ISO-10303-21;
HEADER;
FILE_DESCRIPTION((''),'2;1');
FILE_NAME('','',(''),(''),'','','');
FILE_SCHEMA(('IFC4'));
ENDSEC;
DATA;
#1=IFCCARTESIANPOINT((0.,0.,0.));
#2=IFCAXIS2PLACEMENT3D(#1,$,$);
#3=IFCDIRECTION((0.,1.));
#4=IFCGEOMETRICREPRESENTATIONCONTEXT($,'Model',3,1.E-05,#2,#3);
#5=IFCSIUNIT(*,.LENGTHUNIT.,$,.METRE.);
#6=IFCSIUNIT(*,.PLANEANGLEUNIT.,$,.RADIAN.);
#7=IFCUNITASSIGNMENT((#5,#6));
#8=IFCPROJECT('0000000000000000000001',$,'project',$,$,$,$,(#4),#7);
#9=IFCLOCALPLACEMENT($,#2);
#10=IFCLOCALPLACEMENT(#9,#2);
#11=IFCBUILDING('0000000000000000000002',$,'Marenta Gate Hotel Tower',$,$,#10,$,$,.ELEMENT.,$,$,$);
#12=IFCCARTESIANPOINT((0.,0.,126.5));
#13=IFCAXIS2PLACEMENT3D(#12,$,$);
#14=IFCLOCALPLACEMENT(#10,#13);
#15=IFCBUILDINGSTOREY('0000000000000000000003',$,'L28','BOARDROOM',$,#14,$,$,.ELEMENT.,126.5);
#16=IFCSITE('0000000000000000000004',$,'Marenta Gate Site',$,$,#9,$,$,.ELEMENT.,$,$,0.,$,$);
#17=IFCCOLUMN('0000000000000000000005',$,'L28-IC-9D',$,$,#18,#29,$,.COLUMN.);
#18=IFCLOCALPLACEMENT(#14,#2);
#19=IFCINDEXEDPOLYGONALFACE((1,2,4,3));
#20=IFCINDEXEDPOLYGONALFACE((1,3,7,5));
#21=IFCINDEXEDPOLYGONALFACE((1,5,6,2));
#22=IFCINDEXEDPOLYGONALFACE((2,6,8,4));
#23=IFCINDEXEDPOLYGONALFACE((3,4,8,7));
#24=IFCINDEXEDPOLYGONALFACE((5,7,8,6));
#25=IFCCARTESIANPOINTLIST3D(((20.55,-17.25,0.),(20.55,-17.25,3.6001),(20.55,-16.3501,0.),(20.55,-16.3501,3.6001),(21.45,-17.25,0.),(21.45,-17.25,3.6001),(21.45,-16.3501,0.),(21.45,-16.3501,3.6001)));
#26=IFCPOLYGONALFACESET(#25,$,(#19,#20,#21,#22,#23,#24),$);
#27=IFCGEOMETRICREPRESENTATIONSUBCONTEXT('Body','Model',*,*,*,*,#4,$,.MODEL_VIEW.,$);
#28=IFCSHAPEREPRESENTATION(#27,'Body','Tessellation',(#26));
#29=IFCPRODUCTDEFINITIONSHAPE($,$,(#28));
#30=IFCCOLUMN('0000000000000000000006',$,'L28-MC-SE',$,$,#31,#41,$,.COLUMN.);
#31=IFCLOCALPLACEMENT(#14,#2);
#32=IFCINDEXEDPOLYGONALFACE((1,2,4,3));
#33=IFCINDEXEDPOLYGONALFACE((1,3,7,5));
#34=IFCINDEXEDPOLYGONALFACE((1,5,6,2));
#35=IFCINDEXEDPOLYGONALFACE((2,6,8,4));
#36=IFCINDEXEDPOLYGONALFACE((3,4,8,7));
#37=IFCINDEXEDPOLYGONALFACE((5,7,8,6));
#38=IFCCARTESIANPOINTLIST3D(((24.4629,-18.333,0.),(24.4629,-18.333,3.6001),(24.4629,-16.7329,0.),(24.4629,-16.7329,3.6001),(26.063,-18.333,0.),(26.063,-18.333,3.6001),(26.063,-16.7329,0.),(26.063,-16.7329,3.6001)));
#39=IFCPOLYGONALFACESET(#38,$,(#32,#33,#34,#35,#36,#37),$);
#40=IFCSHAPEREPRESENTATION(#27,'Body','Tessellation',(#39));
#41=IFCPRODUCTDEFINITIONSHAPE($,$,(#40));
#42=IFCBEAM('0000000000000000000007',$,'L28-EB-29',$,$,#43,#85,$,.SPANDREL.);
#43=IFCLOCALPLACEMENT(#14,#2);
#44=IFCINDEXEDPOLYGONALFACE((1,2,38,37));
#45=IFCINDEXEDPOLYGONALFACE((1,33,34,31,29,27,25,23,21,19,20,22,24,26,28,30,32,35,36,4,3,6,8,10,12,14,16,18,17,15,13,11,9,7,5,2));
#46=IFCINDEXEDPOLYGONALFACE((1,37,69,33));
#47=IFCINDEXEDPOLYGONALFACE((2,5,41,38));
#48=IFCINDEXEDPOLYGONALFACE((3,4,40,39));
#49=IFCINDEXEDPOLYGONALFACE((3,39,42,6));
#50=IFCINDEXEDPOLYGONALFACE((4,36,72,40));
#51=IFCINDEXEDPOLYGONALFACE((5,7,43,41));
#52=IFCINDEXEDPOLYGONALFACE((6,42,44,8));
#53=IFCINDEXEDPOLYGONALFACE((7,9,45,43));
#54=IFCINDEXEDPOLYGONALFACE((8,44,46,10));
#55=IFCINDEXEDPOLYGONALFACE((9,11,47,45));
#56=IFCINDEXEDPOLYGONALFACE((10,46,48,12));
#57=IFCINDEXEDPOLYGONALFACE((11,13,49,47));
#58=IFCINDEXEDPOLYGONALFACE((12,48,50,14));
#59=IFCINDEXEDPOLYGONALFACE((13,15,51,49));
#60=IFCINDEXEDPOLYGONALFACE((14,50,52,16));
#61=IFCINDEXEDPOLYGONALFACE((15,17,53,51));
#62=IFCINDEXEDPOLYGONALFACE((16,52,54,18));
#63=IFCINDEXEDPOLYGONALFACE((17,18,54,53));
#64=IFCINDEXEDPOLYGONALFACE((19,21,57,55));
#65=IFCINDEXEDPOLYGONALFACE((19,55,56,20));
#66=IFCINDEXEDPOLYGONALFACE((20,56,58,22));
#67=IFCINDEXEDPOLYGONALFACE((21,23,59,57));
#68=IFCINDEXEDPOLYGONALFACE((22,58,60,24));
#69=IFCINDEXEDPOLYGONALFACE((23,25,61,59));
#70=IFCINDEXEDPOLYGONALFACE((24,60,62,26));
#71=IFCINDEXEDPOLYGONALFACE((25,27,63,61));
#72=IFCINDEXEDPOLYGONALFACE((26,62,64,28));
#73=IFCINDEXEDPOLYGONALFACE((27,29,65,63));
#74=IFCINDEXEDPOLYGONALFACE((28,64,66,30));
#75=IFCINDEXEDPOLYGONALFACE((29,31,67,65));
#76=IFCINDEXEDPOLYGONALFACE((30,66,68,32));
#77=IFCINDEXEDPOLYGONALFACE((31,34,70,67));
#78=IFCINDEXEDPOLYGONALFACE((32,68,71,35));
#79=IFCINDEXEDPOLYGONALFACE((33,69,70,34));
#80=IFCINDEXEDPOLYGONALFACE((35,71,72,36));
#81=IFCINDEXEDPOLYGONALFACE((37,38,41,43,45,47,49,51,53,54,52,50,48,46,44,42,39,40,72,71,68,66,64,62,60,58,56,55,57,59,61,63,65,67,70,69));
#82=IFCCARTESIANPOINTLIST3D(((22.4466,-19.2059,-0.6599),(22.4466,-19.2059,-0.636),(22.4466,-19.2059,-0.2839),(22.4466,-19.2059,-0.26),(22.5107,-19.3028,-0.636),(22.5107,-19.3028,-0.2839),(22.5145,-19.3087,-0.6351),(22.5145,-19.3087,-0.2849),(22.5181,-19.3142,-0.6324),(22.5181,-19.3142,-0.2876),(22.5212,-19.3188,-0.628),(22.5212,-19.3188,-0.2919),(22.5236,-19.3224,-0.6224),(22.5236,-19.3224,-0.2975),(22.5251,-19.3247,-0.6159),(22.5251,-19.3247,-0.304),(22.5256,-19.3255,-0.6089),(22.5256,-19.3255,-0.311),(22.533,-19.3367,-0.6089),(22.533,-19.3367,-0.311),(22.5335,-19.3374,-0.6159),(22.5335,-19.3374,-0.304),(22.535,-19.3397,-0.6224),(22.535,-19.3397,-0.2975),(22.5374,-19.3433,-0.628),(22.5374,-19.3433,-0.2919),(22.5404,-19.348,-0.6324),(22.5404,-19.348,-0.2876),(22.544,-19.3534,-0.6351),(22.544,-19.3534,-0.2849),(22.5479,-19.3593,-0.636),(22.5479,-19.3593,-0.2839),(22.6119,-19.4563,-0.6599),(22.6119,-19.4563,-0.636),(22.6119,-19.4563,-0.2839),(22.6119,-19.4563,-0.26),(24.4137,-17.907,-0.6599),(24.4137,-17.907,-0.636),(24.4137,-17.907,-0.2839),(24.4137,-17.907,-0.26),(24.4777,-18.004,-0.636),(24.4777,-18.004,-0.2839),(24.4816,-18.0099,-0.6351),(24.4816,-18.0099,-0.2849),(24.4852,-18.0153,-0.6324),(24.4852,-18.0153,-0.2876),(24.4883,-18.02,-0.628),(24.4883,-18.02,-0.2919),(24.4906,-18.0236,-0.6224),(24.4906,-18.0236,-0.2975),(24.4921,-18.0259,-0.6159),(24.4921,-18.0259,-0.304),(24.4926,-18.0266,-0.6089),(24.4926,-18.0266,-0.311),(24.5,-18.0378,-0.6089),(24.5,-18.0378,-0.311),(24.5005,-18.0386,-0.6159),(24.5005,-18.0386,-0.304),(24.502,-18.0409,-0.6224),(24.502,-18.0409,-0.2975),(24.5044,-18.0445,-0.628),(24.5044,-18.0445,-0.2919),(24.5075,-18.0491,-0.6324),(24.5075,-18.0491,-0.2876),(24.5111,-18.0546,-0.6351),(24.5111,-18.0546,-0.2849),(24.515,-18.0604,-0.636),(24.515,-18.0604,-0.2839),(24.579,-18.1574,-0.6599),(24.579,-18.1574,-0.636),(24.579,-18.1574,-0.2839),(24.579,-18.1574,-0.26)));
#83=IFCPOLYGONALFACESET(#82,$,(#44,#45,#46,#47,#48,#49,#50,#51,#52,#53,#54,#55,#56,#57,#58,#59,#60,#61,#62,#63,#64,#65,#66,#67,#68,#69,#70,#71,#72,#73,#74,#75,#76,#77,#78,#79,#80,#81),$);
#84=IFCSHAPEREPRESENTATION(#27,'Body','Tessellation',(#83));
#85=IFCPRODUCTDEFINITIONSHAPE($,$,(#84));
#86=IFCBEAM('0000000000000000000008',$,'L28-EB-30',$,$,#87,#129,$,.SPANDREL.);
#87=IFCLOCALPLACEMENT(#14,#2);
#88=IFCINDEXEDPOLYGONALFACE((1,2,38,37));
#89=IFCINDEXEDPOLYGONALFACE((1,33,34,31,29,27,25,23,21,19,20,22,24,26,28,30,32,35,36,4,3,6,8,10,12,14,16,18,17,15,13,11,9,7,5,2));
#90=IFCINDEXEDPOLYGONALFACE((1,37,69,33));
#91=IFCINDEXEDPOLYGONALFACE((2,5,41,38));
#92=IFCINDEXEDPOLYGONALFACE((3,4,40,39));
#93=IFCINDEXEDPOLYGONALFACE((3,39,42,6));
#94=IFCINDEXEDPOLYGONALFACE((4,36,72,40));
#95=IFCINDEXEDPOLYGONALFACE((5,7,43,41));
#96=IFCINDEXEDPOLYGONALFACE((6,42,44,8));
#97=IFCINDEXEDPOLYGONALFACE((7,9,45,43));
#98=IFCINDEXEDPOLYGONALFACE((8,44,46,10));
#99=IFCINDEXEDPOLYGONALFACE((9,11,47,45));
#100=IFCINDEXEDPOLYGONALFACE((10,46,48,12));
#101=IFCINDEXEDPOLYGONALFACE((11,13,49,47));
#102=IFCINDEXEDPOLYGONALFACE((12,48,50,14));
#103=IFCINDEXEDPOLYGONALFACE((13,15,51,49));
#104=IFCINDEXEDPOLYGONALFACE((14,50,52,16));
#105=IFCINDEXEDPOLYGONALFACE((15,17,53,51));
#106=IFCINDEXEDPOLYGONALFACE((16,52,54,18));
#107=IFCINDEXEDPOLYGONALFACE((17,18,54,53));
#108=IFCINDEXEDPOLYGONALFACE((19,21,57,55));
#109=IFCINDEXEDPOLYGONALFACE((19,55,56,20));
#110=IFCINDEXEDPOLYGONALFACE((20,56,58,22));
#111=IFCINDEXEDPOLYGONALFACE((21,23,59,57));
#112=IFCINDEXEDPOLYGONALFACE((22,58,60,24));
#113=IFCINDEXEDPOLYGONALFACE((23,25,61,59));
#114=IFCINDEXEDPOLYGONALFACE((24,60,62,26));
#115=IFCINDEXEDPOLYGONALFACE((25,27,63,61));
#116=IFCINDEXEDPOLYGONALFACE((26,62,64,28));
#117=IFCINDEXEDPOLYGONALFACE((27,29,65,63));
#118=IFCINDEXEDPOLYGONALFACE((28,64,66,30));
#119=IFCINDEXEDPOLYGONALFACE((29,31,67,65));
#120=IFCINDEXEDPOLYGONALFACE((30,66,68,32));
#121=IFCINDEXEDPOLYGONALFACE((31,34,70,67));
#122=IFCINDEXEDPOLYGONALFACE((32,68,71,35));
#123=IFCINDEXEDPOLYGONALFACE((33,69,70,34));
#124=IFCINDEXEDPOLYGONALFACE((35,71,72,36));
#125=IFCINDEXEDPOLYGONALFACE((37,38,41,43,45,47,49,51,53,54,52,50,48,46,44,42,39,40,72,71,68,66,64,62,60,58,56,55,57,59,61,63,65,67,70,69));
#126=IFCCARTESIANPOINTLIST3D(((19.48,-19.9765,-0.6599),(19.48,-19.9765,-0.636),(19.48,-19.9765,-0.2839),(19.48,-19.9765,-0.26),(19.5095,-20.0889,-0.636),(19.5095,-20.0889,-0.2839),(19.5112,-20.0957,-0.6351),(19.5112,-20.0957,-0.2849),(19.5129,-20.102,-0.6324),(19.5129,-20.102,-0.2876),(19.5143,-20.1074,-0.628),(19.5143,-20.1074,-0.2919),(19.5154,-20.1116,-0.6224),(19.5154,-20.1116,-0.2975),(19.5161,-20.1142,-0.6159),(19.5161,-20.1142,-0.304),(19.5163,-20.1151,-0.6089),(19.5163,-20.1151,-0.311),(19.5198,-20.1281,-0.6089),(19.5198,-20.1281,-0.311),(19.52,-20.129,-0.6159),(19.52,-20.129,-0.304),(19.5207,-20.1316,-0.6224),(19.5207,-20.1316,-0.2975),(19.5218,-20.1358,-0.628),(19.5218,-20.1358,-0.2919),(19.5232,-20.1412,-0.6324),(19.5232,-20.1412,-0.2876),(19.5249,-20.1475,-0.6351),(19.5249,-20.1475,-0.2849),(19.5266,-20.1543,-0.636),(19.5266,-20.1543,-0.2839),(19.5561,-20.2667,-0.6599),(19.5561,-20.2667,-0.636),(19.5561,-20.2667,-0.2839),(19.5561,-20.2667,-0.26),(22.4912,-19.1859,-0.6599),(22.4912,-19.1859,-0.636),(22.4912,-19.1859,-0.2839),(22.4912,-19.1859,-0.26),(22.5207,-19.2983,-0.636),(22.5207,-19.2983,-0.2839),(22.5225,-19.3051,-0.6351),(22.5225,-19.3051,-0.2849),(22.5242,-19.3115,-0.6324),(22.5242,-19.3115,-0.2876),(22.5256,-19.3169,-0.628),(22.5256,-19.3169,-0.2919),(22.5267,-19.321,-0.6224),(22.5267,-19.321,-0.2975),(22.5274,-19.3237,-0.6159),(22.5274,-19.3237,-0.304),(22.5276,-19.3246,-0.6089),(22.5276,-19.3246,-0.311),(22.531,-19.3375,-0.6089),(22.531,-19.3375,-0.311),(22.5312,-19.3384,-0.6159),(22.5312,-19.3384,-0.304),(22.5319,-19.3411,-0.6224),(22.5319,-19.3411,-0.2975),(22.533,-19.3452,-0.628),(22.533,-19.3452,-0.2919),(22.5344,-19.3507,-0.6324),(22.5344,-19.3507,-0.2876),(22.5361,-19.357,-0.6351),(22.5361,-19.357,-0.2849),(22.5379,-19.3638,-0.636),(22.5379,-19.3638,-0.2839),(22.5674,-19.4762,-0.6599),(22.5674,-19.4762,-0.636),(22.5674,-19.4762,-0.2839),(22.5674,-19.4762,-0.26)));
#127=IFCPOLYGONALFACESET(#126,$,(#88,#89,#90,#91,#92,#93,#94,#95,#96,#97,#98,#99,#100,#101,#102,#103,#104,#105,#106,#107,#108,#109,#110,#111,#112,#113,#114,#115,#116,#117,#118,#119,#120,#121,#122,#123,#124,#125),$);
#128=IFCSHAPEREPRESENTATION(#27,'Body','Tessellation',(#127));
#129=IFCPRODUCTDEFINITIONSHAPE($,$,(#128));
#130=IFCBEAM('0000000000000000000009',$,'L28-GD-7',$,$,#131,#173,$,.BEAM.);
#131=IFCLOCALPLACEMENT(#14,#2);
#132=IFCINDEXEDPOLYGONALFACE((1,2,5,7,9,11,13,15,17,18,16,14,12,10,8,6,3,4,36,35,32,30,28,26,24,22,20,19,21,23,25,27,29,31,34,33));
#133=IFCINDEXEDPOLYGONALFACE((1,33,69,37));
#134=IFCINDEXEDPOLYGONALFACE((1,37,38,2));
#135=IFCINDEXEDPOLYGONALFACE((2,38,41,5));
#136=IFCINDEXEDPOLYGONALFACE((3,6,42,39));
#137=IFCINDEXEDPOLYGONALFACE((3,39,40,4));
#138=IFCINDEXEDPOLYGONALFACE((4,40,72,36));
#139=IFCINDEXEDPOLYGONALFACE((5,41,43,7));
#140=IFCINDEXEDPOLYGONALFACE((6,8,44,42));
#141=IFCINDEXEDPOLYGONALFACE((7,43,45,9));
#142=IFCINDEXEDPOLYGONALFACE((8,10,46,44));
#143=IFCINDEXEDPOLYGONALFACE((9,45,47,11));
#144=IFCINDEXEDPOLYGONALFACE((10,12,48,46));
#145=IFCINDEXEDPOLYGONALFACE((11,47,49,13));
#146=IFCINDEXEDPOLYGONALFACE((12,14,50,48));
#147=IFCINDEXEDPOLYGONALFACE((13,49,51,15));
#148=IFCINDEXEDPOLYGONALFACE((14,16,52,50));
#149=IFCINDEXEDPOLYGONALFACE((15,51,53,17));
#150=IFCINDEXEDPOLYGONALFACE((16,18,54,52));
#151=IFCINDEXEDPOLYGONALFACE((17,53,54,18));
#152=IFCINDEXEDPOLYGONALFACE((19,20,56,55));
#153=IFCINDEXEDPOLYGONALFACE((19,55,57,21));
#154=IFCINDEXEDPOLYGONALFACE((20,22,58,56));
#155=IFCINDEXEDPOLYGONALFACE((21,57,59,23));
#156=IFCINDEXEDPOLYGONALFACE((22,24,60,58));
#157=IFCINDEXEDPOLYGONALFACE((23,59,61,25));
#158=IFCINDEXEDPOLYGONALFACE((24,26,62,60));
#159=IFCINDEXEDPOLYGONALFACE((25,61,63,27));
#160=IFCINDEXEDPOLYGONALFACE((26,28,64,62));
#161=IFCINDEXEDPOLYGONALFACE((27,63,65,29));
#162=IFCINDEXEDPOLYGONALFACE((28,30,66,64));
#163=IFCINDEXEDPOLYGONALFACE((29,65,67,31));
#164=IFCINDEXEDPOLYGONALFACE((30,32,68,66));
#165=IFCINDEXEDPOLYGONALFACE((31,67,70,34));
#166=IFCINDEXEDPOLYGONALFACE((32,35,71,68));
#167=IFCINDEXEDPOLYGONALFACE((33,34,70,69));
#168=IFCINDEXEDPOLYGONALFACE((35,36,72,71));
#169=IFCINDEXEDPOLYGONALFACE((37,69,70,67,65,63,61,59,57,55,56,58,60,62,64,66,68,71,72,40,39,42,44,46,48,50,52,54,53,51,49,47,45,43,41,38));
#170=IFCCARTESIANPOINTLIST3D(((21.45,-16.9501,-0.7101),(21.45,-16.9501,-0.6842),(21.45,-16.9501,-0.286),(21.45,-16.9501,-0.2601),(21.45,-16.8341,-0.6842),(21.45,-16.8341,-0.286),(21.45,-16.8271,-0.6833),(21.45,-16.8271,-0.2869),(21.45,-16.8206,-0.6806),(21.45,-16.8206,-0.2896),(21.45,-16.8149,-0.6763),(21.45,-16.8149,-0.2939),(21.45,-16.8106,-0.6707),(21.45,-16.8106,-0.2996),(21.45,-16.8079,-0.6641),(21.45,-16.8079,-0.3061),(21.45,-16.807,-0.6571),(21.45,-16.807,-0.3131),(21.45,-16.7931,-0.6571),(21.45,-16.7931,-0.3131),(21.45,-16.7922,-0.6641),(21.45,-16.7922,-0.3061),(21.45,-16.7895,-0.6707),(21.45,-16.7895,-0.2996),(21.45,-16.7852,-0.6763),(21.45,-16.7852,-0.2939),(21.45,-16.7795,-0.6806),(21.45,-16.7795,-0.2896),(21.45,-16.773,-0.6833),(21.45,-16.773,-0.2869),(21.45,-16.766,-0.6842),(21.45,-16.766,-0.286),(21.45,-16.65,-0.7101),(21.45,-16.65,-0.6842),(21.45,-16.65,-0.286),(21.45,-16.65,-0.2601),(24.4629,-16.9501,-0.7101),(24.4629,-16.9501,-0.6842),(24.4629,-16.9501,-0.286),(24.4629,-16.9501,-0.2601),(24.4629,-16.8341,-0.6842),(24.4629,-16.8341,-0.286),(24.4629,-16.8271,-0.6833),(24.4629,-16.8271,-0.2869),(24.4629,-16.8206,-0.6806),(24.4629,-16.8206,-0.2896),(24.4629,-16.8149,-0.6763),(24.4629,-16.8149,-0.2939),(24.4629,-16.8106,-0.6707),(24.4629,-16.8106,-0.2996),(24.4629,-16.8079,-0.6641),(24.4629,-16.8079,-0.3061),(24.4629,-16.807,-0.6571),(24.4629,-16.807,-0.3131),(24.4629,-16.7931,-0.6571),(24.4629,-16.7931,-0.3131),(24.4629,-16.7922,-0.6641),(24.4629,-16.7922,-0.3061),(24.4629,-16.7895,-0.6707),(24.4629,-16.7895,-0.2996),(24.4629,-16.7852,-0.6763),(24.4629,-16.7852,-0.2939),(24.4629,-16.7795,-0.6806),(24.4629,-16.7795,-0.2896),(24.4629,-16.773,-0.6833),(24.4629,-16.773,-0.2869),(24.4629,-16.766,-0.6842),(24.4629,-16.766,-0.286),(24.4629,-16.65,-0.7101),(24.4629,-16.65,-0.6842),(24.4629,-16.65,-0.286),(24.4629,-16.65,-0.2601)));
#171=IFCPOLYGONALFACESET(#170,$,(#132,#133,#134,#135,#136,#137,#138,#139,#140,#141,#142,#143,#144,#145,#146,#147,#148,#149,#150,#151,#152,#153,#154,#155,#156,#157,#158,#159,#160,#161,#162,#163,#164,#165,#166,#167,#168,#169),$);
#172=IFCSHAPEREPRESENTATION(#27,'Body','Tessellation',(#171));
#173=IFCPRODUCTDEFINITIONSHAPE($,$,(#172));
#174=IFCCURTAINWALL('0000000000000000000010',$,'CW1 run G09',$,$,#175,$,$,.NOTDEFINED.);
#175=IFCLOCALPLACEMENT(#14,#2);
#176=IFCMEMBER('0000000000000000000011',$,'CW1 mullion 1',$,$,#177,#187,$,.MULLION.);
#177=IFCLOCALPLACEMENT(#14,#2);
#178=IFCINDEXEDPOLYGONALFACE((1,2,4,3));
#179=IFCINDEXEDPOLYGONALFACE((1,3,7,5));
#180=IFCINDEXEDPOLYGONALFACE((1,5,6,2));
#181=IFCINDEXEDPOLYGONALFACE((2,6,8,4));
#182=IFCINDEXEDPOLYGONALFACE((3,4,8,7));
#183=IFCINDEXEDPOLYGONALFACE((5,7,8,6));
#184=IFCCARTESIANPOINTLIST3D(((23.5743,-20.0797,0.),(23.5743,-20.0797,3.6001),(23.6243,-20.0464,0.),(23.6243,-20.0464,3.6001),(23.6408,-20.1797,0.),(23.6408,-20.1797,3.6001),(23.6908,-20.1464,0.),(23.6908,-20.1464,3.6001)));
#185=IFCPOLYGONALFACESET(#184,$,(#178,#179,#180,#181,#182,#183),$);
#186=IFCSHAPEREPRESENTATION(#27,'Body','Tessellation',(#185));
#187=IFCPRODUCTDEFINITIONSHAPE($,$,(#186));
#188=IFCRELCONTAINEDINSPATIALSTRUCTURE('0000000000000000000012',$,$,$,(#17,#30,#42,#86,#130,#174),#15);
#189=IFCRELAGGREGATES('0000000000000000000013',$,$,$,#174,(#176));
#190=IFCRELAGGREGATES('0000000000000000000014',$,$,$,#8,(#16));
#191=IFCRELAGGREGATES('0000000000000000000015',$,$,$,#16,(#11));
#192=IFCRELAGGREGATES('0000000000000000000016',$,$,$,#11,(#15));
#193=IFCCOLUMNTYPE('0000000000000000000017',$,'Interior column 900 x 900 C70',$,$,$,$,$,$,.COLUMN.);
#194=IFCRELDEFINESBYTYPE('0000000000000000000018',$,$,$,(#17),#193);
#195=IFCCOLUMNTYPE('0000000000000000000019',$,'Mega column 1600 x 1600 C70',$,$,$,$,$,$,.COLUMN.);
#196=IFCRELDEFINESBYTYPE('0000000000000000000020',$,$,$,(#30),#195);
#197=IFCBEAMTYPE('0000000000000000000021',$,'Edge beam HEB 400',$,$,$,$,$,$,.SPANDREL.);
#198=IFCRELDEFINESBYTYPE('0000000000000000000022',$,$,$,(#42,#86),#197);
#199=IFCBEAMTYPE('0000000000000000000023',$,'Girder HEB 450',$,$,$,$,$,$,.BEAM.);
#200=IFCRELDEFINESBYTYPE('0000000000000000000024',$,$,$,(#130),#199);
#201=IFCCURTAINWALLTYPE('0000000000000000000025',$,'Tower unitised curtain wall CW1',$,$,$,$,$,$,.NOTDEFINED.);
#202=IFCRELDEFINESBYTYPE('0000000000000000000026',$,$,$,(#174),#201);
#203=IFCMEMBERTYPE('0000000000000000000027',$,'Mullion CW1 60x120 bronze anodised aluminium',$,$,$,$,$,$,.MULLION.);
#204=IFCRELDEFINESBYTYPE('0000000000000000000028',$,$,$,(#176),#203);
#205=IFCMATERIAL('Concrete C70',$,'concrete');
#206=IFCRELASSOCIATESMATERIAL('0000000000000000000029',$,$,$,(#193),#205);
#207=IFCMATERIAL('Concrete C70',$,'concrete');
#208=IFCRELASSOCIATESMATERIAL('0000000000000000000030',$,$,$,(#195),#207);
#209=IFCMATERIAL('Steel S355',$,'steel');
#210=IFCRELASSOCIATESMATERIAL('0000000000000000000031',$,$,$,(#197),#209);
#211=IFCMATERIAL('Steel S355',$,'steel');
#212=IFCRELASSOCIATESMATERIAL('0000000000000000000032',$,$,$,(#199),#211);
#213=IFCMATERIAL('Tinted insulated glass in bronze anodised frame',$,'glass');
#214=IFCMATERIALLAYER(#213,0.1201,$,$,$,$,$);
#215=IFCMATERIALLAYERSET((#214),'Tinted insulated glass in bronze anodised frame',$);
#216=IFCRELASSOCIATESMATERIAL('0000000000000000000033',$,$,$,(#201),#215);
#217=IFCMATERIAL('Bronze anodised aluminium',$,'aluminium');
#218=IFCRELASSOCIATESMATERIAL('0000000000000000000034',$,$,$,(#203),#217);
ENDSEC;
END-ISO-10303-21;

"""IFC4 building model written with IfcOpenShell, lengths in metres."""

from ifc_helpers import new_model, si_unit, direction, frame, origin, origin_2d, place, context, subcontext, project, spatial, rectangle, i_section, extrude, material, layer, layer_set, material_profile, profile_set, type_object, element, aggregate, save


model = new_model("IFC4")

# Units and contexts
model_context = context("Model", 3, precision=1e-05, world=origin(), true_north=direction((0.0, 1.0)))
body_context = subcontext(model_context, "Body", "Model", "MODEL_VIEW")
ifc_project = project(units=[si_unit("LENGTHUNIT", "METRE"), si_unit("PLANEANGLEUNIT", "RADIAN")], contexts=[model_context])

# Site, building, storey
site_placement = place(None, origin())
site = spatial("IfcSite", under=ifc_project, at=site_placement, Name="Marenta Gate Site", CompositionType="ELEMENT", RefElevation=0.0)
building_placement = place(site_placement, origin())
building = spatial("IfcBuilding", under=site, at=building_placement, Name="Marenta Gate Hotel Tower", CompositionType="ELEMENT")
storey_placement = place(building_placement, frame((0.0, 0.0, 126.5)))
storey = spatial("IfcBuildingStorey", under=building, at=storey_placement, Name="L28", Description="BOARDROOM", CompositionType="ELEMENT", Elevation=126.5)

# Columns
ifc_material_1 = material(Name="Concrete C70", Category="concrete")
ifc_material_profile_1 = material_profile(ifc_material_1, rectangle(XDim=0.8999, YDim=0.8999, at=origin_2d()), Name="900 x 900")
ifc_profile_set_1 = profile_set([ifc_material_profile_1], Name="Concrete C70")
column_type_1 = type_object("IfcColumnType", Name="Interior column 900 x 900 C70", PredefinedType="COLUMN", material=ifc_profile_set_1)
column_1_placement = place(storey_placement, frame((21.0, -16.8, 0.0), z_axis=(0.0, 0.0, 1.0), x_axis=(1.0, 0.0, 0.0)))
element("IfcColumn", 1, at=column_1_placement, inside=storey, type_object=column_type_1, Name="L28-IC-9D", PredefinedType="COLUMN", context=body_context, shape_type="SweptSolid", body=[
    extrude(rectangle(XDim=0.8999, YDim=0.8999, at=origin_2d()), origin(), (0.0, 0.0, 1.0), 3.6001),
])
ifc_material_2 = material(Name="Concrete C70", Category="concrete")
ifc_material_profile_2 = material_profile(ifc_material_2, rectangle(XDim=1.6001, YDim=1.6001, at=origin_2d()), Name="1600 x 1600")
ifc_profile_set_2 = profile_set([ifc_material_profile_2], Name="Concrete C70")
column_type_2 = type_object("IfcColumnType", Name="Mega column 1600 x 1600 C70", PredefinedType="COLUMN", material=ifc_profile_set_2)
column_2_placement = place(storey_placement, frame((25.2629, -17.533, 0.0), z_axis=(0.0, 0.0, 1.0), x_axis=(1.0, 0.0, 0.0)))
element("IfcColumn", 2, at=column_2_placement, inside=storey, type_object=column_type_2, Name="L28-MC-SE", PredefinedType="COLUMN", context=body_context, shape_type="SweptSolid", body=[
    extrude(rectangle(XDim=1.6001, YDim=1.6001, at=origin_2d()), origin(), (0.0, 0.0, 1.0), 3.6001),
])

# Beams
ifc_material_3 = material(Name="Steel S355", Category="steel")
ifc_material_profile_3 = material_profile(ifc_material_3, i_section(OverallWidth=0.3, OverallDepth=0.3999, WebThickness=0.0134, FlangeThickness=0.0239, FilletRadius=0.0271, at=origin_2d()), Name="HEB 400")
ifc_profile_set_3 = profile_set([ifc_material_profile_3], Name="Steel S355")
beam_type_1 = type_object("IfcBeamType", Name="Edge beam HEB 400", PredefinedType="SPANDREL", material=ifc_profile_set_3)
beam_1_placement = place(storey_placement, frame((24.4963, -18.0322, -0.46), z_axis=(-0.834496, -0.551014, 0.0), x_axis=(0.551014, -0.834496, 0.0)))
element("IfcBeam", 3, at=beam_1_placement, inside=storey, type_object=beam_type_1, Name="L28-EB-29", PredefinedType="SPANDREL", context=body_context, shape_type="SweptSolid", body=[
    extrude(i_section(OverallWidth=0.3, OverallDepth=0.3999, WebThickness=0.0134, FlangeThickness=0.0239, FilletRadius=0.0271, at=origin_2d()), origin(), (0.0, 0.0, 1.0), 2.3572),
])
beam_2_placement = place(storey_placement, frame((22.5293, -19.3311, -0.46), z_axis=(-0.967225, -0.253922, 0.0), x_axis=(0.253922, -0.967225, 0.0)))
element("IfcBeam", 4, at=beam_2_placement, inside=storey, type_object=beam_type_1, Name="L28-EB-30", PredefinedType="SPANDREL", context=body_context, shape_type="SweptSolid", body=[
    extrude(i_section(OverallWidth=0.3, OverallDepth=0.3999, WebThickness=0.0134, FlangeThickness=0.0239, FilletRadius=0.0271, at=origin_2d()), origin(), (0.0, 0.0, 1.0), 3.1133),
])
ifc_material_4 = material(Name="Steel S355", Category="steel")
ifc_material_profile_4 = material_profile(ifc_material_4, i_section(OverallWidth=0.3, OverallDepth=0.45, WebThickness=0.0139, FlangeThickness=0.0259, FilletRadius=0.0271, at=origin_2d()), Name="HEB 450")
ifc_profile_set_4 = profile_set([ifc_material_profile_4], Name="Steel S355")
beam_type_2 = type_object("IfcBeamType", Name="Girder HEB 450", PredefinedType="BEAM", material=ifc_profile_set_4)
beam_3_placement = place(storey_placement, frame((21.45, -16.8, -0.4851), z_axis=(1.0, 0.0, 0.0), x_axis=(0.0, 1.0, 0.0)))
element("IfcBeam", 5, at=beam_3_placement, inside=storey, type_object=beam_type_2, Name="L28-GD-7", PredefinedType="BEAM", context=body_context, shape_type="SweptSolid", body=[
    extrude(i_section(OverallWidth=0.3, OverallDepth=0.45, WebThickness=0.0139, FlangeThickness=0.0259, FilletRadius=0.0271, at=origin_2d()), origin(), (0.0, 0.0, 1.0), 3.0129),
])

# Curtain wall, member
ifc_material_5 = material(Name="Tinted insulated glass in bronze anodised frame", Category="glass")
ifc_layer_1 = layer(ifc_material_5, 0.1201)
ifc_layer_set_1 = layer_set([ifc_layer_1], Name="Tinted insulated glass in bronze anodised frame")
curtain_wall_type = type_object("IfcCurtainWallType", Name="Tower unitised curtain wall CW1", PredefinedType="NOTDEFINED", material=ifc_layer_set_1)
curtain_wall_1_placement = place(storey_placement, origin())
curtain_wall_1 = element("IfcCurtainWall", 6, at=curtain_wall_1_placement, inside=storey, type_object=curtain_wall_type, Name="CW1 run G09", PredefinedType="NOTDEFINED")
ifc_material_6 = material(Name="Bronze anodised aluminium", Category="aluminium")
ifc_material_profile_5 = material_profile(ifc_material_6, rectangle(XDim=0.1201, YDim=0.0601, at=origin_2d()), Name="Mullion CW1 60x120 bronze anodised aluminium")
ifc_profile_set_5 = profile_set([ifc_material_profile_5], Name="Bronze anodised aluminium")
member_type_1 = type_object("IfcMemberType", Name="Mullion CW1 60x120 bronze anodised aluminium", PredefinedType="MULLION", material=ifc_profile_set_5)
member_1_placement = place(storey_placement, frame((23.6326, -20.113, 0.0), z_axis=(0.0, 0.0, 1.0), x_axis=(-0.554016, 0.832506, 0.0)))
member_1 = element("IfcMember", 7, at=member_1_placement, type_object=member_type_1, Name="CW1 mullion 1", PredefinedType="MULLION", context=body_context, shape_type="SweptSolid", body=[
    extrude(rectangle(XDim=0.1201, YDim=0.0601, at=origin_2d()), origin(), (0.0, 0.0, 1.0), 3.6001),
])

aggregate(curtain_wall_1, [member_1])

save(model, "model.ifc")
